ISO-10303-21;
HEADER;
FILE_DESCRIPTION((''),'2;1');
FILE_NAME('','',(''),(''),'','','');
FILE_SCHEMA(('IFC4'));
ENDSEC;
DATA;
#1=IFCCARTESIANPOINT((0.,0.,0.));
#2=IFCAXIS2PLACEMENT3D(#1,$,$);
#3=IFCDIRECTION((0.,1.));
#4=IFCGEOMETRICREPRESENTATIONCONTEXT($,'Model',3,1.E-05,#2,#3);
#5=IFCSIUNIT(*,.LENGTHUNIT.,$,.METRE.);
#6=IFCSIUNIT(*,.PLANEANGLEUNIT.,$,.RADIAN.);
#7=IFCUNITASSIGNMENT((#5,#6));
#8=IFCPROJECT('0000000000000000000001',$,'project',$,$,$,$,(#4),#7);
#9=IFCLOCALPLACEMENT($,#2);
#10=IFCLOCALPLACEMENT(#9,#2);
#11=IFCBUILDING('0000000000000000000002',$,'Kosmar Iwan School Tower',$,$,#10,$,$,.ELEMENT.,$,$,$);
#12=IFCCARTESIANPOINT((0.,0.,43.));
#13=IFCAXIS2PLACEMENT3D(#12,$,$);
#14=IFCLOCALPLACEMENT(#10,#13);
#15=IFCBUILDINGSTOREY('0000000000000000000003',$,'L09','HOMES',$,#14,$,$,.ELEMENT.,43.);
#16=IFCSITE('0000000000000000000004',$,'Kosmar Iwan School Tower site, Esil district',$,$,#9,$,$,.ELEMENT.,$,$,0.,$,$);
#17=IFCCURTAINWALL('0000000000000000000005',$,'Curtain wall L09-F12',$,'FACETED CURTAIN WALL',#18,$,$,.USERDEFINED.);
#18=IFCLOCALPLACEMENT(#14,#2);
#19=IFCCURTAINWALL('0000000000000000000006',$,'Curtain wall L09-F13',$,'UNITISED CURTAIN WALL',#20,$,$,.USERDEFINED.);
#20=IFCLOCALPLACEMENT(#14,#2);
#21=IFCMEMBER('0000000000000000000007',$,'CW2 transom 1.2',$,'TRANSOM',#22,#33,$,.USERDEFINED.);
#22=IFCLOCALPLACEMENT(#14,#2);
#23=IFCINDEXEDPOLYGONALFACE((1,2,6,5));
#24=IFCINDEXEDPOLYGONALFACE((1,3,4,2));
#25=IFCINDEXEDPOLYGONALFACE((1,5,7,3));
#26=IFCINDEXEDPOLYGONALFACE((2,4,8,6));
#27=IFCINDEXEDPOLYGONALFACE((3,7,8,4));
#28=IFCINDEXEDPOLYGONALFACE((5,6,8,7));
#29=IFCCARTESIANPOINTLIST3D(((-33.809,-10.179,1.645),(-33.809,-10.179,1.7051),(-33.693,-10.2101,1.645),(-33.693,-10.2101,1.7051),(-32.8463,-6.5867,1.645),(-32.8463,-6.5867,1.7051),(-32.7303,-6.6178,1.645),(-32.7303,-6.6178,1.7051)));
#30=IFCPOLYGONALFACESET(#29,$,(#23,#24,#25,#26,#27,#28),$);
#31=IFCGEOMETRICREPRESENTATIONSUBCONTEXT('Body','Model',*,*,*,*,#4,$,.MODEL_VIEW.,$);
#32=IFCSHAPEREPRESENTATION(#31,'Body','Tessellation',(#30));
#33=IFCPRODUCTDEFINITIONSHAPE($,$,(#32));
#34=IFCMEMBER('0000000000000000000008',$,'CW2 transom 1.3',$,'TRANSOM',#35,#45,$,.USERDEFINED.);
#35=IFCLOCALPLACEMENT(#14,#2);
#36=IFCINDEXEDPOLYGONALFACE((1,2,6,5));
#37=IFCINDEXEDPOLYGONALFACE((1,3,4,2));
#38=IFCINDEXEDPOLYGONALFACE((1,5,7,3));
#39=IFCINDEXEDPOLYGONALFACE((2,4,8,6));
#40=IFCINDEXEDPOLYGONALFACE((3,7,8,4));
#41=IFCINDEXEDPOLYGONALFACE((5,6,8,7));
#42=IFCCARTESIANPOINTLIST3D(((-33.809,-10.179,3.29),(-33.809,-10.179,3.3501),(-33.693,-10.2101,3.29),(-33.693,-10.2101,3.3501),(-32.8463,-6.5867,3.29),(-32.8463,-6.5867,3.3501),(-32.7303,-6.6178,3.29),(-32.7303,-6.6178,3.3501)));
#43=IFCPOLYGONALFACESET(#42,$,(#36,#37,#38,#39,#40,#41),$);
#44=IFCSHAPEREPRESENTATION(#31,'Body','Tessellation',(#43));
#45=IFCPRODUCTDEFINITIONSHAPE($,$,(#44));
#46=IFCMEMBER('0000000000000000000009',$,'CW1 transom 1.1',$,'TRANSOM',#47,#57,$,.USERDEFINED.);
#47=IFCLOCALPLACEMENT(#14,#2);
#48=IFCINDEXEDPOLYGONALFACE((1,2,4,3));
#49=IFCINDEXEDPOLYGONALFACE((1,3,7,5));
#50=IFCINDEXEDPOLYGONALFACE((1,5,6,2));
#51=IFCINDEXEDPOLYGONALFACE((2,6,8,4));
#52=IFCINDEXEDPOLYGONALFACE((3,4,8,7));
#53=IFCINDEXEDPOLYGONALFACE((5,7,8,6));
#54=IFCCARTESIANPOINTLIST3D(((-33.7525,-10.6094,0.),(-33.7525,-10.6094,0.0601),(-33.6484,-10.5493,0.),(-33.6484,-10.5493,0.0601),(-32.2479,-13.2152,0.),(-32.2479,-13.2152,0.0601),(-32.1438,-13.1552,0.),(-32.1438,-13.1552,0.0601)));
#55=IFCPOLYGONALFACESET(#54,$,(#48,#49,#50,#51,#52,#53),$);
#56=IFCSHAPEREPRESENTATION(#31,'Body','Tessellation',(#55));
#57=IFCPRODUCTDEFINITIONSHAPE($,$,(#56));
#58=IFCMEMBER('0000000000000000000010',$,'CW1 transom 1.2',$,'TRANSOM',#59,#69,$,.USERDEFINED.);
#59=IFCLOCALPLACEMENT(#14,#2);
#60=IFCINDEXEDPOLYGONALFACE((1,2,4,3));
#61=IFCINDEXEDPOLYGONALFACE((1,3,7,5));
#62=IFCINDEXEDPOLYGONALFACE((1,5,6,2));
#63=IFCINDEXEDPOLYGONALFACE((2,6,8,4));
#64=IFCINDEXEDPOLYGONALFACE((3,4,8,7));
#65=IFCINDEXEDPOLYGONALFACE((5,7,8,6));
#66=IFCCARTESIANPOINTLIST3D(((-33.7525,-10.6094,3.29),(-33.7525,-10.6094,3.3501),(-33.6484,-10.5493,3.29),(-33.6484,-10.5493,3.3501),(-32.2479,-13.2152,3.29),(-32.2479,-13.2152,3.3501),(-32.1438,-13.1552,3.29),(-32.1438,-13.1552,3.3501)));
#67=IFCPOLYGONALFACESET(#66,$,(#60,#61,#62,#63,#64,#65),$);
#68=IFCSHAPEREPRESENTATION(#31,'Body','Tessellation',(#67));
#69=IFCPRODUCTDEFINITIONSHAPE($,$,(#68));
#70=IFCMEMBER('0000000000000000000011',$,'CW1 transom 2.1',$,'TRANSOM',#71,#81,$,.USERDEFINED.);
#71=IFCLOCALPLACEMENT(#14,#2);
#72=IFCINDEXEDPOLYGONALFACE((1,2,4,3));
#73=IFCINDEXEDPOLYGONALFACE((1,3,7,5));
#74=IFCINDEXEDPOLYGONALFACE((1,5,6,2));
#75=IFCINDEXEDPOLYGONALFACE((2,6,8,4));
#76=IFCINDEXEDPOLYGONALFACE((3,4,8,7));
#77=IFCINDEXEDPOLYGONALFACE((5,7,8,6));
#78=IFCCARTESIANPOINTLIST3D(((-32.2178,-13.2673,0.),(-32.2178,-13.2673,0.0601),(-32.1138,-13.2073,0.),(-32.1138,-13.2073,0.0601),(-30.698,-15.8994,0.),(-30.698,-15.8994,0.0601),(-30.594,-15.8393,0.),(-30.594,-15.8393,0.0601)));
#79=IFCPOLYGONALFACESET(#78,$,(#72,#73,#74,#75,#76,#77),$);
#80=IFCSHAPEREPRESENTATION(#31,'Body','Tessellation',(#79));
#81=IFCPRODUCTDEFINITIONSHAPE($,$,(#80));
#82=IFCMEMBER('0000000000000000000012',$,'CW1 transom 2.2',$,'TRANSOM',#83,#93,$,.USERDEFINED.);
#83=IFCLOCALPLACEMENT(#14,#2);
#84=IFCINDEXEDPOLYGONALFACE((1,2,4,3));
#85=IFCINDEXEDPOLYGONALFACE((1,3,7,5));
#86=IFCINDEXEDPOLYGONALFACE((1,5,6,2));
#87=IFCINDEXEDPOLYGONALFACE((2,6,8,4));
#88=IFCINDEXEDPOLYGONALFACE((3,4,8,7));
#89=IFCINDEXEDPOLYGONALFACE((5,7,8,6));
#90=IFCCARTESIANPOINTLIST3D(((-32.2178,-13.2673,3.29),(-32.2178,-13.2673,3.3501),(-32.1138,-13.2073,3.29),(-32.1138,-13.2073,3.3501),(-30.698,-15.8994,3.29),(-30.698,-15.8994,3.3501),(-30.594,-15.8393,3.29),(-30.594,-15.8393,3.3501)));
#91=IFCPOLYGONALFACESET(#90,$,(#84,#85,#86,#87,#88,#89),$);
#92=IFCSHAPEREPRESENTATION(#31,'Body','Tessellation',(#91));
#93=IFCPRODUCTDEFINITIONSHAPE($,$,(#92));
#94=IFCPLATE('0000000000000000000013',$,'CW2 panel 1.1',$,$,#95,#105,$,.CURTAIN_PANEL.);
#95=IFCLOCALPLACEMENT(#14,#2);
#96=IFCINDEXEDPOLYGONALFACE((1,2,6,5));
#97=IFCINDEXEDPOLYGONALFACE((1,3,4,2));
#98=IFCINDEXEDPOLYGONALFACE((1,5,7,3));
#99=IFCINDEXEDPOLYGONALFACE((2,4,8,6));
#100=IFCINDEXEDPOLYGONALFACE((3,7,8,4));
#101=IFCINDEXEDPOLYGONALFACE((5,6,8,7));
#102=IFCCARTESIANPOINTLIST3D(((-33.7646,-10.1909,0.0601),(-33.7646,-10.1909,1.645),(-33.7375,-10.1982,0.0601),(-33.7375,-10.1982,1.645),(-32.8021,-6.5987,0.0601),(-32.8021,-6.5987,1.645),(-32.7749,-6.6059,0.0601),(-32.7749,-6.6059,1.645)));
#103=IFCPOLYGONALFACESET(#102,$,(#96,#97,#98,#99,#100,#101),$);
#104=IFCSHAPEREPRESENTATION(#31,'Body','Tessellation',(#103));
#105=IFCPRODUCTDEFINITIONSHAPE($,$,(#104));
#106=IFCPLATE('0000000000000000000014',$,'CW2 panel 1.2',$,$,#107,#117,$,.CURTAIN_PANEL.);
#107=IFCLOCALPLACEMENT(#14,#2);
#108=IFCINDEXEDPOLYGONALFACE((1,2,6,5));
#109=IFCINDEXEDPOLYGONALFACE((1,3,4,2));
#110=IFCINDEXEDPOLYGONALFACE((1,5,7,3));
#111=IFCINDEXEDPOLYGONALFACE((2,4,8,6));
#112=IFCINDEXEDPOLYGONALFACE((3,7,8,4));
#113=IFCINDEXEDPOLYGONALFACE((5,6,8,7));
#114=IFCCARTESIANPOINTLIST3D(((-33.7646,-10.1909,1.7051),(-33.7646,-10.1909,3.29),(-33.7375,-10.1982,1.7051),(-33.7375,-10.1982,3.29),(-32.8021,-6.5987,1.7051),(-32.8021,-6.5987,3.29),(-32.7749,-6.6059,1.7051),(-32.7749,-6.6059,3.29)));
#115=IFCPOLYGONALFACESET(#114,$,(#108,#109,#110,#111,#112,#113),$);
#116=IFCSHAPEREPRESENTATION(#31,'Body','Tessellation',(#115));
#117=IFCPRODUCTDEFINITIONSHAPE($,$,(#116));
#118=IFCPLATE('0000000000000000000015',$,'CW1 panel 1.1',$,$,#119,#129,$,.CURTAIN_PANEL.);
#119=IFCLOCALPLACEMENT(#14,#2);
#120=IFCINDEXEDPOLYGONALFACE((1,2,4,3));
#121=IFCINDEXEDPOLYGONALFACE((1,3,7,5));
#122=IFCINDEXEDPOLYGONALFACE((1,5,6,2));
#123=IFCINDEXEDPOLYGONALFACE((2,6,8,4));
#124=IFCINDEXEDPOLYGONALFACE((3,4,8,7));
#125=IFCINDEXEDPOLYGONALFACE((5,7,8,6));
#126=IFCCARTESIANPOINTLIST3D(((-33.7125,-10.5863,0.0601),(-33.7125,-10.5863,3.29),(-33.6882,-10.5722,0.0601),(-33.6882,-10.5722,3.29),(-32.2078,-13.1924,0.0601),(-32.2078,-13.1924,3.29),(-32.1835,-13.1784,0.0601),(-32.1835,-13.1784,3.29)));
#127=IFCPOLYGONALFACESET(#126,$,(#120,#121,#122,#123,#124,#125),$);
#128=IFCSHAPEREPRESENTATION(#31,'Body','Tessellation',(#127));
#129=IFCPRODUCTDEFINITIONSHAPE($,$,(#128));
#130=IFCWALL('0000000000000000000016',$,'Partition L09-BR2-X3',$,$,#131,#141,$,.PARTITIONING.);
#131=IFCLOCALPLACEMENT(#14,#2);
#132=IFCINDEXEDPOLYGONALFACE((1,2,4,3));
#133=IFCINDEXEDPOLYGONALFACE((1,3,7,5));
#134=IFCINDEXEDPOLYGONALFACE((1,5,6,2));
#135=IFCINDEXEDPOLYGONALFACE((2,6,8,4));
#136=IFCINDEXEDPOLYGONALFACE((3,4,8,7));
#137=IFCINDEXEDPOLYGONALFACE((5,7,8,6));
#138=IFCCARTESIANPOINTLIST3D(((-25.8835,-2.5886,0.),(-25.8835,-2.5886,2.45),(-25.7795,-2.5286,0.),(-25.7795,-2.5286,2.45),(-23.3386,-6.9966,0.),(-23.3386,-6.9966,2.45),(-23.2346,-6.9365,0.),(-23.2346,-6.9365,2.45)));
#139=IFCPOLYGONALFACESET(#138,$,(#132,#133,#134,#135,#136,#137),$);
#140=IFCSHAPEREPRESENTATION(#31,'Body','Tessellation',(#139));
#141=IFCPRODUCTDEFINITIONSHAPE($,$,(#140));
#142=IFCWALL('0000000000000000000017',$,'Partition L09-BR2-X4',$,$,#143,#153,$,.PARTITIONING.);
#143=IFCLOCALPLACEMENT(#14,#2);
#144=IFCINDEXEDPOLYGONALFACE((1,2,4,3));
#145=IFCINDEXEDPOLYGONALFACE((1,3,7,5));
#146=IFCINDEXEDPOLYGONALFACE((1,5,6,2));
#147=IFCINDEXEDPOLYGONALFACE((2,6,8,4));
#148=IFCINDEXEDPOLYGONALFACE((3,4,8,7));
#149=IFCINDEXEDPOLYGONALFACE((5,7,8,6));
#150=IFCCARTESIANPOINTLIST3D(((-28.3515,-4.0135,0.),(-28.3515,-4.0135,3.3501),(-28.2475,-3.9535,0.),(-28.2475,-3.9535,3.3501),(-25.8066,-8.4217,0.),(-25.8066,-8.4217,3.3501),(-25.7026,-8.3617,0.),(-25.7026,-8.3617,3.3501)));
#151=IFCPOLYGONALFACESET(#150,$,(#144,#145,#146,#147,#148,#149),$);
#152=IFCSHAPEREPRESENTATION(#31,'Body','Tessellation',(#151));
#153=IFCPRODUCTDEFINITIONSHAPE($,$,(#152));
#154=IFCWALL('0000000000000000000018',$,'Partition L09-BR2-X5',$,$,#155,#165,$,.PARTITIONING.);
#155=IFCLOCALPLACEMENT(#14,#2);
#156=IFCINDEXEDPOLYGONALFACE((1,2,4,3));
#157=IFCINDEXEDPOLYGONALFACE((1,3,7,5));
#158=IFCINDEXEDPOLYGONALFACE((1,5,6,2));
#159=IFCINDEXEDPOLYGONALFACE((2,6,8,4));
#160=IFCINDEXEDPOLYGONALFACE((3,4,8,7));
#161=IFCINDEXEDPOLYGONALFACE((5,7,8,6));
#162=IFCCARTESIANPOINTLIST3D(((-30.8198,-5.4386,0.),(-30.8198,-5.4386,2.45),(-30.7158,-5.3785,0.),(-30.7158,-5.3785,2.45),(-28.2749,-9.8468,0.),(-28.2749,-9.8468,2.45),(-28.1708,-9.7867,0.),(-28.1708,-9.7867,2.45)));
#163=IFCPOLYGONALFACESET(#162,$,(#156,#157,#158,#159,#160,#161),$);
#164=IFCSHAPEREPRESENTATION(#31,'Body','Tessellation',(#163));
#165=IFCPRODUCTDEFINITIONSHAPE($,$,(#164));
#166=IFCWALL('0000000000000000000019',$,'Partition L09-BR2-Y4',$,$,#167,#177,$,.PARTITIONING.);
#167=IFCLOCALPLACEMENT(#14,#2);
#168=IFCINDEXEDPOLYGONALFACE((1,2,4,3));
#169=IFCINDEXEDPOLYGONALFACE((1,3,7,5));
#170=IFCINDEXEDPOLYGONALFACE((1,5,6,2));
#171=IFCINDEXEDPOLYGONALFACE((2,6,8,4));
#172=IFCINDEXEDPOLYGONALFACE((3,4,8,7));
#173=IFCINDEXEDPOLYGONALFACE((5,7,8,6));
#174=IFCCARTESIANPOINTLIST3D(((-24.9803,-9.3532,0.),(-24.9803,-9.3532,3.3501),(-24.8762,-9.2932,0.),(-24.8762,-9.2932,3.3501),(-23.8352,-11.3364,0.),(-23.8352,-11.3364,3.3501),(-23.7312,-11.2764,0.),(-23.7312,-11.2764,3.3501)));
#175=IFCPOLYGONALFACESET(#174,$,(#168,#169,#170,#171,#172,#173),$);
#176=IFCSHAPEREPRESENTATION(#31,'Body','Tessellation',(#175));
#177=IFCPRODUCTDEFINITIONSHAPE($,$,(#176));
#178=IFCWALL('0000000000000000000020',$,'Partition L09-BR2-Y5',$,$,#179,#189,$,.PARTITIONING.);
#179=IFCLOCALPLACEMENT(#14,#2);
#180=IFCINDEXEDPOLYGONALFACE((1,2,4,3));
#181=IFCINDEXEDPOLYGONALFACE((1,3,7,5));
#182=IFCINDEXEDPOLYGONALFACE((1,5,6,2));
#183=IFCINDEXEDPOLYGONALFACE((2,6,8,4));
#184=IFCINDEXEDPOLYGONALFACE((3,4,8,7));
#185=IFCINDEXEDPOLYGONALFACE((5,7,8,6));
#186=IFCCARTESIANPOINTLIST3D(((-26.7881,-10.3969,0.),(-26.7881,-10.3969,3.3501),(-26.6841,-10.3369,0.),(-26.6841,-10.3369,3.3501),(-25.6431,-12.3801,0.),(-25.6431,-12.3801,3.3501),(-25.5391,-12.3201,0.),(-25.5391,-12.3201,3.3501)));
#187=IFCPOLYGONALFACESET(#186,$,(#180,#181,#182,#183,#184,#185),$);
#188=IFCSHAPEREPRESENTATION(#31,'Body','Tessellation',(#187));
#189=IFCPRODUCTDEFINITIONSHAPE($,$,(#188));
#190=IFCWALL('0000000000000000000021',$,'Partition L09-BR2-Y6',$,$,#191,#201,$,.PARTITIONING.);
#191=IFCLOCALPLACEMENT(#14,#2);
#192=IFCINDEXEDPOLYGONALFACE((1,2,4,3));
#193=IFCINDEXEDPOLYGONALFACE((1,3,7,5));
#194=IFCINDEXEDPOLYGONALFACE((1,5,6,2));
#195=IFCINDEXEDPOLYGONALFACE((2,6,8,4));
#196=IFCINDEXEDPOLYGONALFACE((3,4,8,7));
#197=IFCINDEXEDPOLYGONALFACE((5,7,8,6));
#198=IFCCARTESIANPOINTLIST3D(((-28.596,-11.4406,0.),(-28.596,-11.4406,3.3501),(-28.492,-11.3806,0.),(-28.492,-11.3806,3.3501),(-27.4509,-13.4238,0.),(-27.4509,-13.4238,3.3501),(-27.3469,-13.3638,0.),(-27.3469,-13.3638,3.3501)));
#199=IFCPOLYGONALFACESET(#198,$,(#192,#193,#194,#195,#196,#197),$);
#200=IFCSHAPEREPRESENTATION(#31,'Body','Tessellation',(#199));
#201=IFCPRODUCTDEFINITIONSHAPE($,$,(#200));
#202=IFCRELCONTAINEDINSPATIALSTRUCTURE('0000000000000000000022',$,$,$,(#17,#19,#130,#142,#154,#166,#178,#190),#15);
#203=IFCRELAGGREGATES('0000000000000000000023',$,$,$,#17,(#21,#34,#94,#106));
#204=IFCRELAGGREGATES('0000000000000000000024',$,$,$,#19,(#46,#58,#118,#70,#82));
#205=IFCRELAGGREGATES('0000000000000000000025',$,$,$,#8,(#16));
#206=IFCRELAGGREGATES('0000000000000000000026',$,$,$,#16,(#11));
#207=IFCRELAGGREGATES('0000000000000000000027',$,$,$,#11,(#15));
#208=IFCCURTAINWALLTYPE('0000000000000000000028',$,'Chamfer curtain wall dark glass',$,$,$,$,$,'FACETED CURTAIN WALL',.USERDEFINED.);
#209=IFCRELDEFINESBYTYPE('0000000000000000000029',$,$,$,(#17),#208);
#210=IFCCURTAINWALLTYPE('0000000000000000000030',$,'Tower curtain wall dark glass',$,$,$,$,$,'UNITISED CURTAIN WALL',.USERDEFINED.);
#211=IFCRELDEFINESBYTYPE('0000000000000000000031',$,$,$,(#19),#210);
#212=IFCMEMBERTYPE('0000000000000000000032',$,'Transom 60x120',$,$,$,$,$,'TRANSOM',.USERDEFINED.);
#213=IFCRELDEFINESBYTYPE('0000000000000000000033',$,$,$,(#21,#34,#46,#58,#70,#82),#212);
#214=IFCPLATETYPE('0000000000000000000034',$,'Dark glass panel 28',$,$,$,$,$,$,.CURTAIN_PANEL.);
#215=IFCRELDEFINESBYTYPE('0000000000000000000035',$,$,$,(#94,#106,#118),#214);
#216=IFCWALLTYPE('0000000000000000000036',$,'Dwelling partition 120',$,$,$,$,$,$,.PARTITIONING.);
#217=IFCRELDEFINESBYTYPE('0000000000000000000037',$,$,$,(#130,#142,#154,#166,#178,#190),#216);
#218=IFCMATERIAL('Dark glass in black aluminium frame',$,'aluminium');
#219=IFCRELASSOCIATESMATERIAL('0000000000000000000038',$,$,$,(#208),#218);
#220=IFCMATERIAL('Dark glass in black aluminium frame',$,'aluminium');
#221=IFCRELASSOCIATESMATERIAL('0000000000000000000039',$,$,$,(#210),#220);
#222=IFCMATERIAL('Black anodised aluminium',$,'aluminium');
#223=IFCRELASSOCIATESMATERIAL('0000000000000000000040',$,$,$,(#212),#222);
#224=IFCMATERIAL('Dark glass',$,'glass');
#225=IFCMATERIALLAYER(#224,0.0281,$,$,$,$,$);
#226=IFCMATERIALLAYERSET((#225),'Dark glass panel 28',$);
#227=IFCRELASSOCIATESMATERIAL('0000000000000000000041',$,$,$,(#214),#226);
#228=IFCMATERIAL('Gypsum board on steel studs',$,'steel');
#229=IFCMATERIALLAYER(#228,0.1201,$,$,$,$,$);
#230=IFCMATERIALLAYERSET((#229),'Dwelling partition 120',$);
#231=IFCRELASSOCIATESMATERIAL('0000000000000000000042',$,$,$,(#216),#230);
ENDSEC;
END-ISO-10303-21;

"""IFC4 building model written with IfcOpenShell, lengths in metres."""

from ifc_helpers import new_model, si_unit, direction, frame, frame_2d, origin, origin_2d, place, context, subcontext, project, spatial, rectangle, extrude, material, layer, layer_set, material_profile, profile_set, type_object, element, aggregate, save


model = new_model("IFC4")

# Units and contexts
model_context = context("Model", 3, precision=1e-05, world=origin(), true_north=direction((0.0, 1.0)))
body_context = subcontext(model_context, "Body", "Model", "MODEL_VIEW")
ifc_project = project(units=[si_unit("LENGTHUNIT", "METRE"), si_unit("PLANEANGLEUNIT", "RADIAN")], contexts=[model_context])

# Site, building, storey
site_placement = place(None, origin())
site = spatial("IfcSite", under=ifc_project, at=site_placement, Name="Kosmar Iwan School Tower site, Esil district", CompositionType="ELEMENT", RefElevation=0.0)
building_placement = place(site_placement, origin())
building = spatial("IfcBuilding", under=site, at=building_placement, Name="Kosmar Iwan School Tower", CompositionType="ELEMENT")
storey_placement = place(building_placement, frame((0.0, 0.0, 43.0)))
storey = spatial("IfcBuildingStorey", under=building, at=storey_placement, Name="L09", Description="HOMES", CompositionType="ELEMENT", Elevation=43.0)

# Curtain walls
ifc_material_1 = material(Name="Dark glass in black aluminium frame", Category="aluminium")
curtain_wall_type_1 = type_object("IfcCurtainWallType", Name="Chamfer curtain wall dark glass", ElementType="FACETED CURTAIN WALL", PredefinedType="USERDEFINED", material=ifc_material_1)
curtain_wall_1_placement = place(storey_placement, origin())
curtain_wall_1 = element("IfcCurtainWall", 1, at=curtain_wall_1_placement, inside=storey, type_object=curtain_wall_type_1, Name="Curtain wall L09-F12", ObjectType="FACETED CURTAIN WALL", PredefinedType="USERDEFINED")
ifc_material_2 = material(Name="Dark glass in black aluminium frame", Category="aluminium")
curtain_wall_type_2 = type_object("IfcCurtainWallType", Name="Tower curtain wall dark glass", ElementType="UNITISED CURTAIN WALL", PredefinedType="USERDEFINED", material=ifc_material_2)
curtain_wall_2_placement = place(storey_placement, origin())
curtain_wall_2 = element("IfcCurtainWall", 2, at=curtain_wall_2_placement, inside=storey, type_object=curtain_wall_type_2, Name="Curtain wall L09-F13", ObjectType="UNITISED CURTAIN WALL", PredefinedType="USERDEFINED")

# Members
ifc_material_3 = material(Name="Black anodised aluminium", Category="aluminium")
ifc_material_profile_1 = material_profile(ifc_material_3, rectangle(XDim=0.1201, YDim=0.0601, at=origin_2d()), Name="TRANSOM 60x120")
ifc_profile_set_1 = profile_set([ifc_material_profile_1], Name="Black anodised aluminium")
member_type_1 = type_object("IfcMemberType", Name="Transom 60x120", ElementType="TRANSOM", PredefinedType="USERDEFINED", material=ifc_profile_set_1)
member_1_placement = place(storey_placement, frame((-32.7883, -6.6023, 1.675), z_axis=(-0.258843, -0.965919, 0.0), x_axis=(0.965919, -0.258843, 0.0)))
member_1 = element("IfcMember", 3, at=member_1_placement, type_object=member_type_1, Name="CW2 transom 1.2", ObjectType="TRANSOM", PredefinedType="USERDEFINED", context=body_context, shape_type="SweptSolid", body=[
    extrude(rectangle(XDim=0.1201, YDim=0.0601, at=origin_2d()), origin(), (0.0, 0.0, 1.0), 3.719),
])
member_2_placement = place(storey_placement, frame((-32.7883, -6.6023, 3.3201), z_axis=(-0.258843, -0.965919, 0.0), x_axis=(0.965919, -0.258843, 0.0)))
member_2 = element("IfcMember", 4, at=member_2_placement, type_object=member_type_1, Name="CW2 transom 1.3", ObjectType="TRANSOM", PredefinedType="USERDEFINED", context=body_context, shape_type="SweptSolid", body=[
    extrude(rectangle(XDim=0.1201, YDim=0.0601, at=origin_2d()), origin(), (0.0, 0.0, 1.0), 3.719),
])
member_3_placement = place(storey_placement, frame((-33.7004, -10.5793, 0.03), z_axis=(0.500022, -0.866013, 0.0), x_axis=(0.866013, 0.500022, 0.0)))
member_3 = element("IfcMember", 5, at=member_3_placement, type_object=member_type_1, Name="CW1 transom 1.1", ObjectType="TRANSOM", PredefinedType="USERDEFINED", context=body_context, shape_type="SweptSolid", body=[
    extrude(rectangle(XDim=0.1201, YDim=0.0601, at=origin_2d()), origin(), (0.0, 0.0, 1.0), 3.009),
])
member_4_placement = place(storey_placement, frame((-33.7004, -10.5793, 3.3201), z_axis=(0.500022, -0.866013, 0.0), x_axis=(0.866013, 0.500022, 0.0)))
member_4 = element("IfcMember", 6, at=member_4_placement, type_object=member_type_1, Name="CW1 transom 1.2", ObjectType="TRANSOM", PredefinedType="USERDEFINED", context=body_context, shape_type="SweptSolid", body=[
    extrude(rectangle(XDim=0.1201, YDim=0.0601, at=origin_2d()), origin(), (0.0, 0.0, 1.0), 3.009),
])
member_5_placement = place(storey_placement, frame((-32.1658, -13.2373, 0.03), z_axis=(0.500035, -0.866005, 0.0), x_axis=(0.866005, 0.500035, 0.0)))
member_5 = element("IfcMember", 7, at=member_5_placement, type_object=member_type_1, Name="CW1 transom 2.1", ObjectType="TRANSOM", PredefinedType="USERDEFINED", context=body_context, shape_type="SweptSolid", body=[
    extrude(rectangle(XDim=0.1201, YDim=0.0601, at=origin_2d()), origin(), (0.0, 0.0, 1.0), 3.0393),
])
member_6_placement = place(storey_placement, frame((-32.1658, -13.2373, 3.3201), z_axis=(0.500035, -0.866005, 0.0), x_axis=(0.866005, 0.500035, 0.0)))
member_6 = element("IfcMember", 8, at=member_6_placement, type_object=member_type_1, Name="CW1 transom 2.2", ObjectType="TRANSOM", PredefinedType="USERDEFINED", context=body_context, shape_type="SweptSolid", body=[
    extrude(rectangle(XDim=0.1201, YDim=0.0601, at=origin_2d()), origin(), (0.0, 0.0, 1.0), 3.0393),
])

# Plates
ifc_material_4 = material(Name="Dark glass", Category="glass")
ifc_layer_1 = layer(ifc_material_4, 0.0281)
ifc_layer_set_1 = layer_set([ifc_layer_1], Name="Dark glass panel 28")
plate_type = type_object("IfcPlateType", Name="Dark glass panel 28", PredefinedType="CURTAIN_PANEL", material=ifc_layer_set_1)
plate_1_placement = place(storey_placement, frame((-33.2698, -8.3984, 0.0601), z_axis=(0.0, 0.0, 1.0), x_axis=(-0.258819, -0.965926, 0.0)))
plate_1 = element("IfcPlate", 9, at=plate_1_placement, type_object=plate_type, Name="CW2 panel 1.1", PredefinedType="CURTAIN_PANEL", context=body_context, shape_type="SweptSolid", body=[
    extrude(rectangle(XDim=3.719, YDim=0.0281, at=origin_2d()), origin(), (0.0, 0.0, 1.0), 1.585),
])
plate_2_placement = place(storey_placement, frame((-33.2698, -8.3984, 1.7051), z_axis=(0.0, 0.0, 1.0), x_axis=(-0.258819, -0.965926, 0.0)))
plate_2 = element("IfcPlate", 10, at=plate_2_placement, type_object=plate_type, Name="CW2 panel 1.2", PredefinedType="CURTAIN_PANEL", context=body_context, shape_type="SweptSolid", body=[
    extrude(rectangle(XDim=3.719, YDim=0.0281, at=origin_2d()), origin(), (0.0, 0.0, 1.0), 1.585),
])
aggregate(curtain_wall_1, [member_1, member_2, plate_1, plate_2])
plate_3_placement = place(storey_placement, frame((-32.948, -11.8823, 0.0601), z_axis=(0.0, 0.0, 1.0), x_axis=(0.5, -0.866025, 0.0)))
plate_3 = element("IfcPlate", 11, at=plate_3_placement, type_object=plate_type, Name="CW1 panel 1.1", PredefinedType="CURTAIN_PANEL", context=body_context, shape_type="SweptSolid", body=[
    extrude(rectangle(XDim=3.0093, YDim=0.0281, at=origin_2d()), origin(), (0.0, 0.0, 1.0), 3.23),
])
aggregate(curtain_wall_2, [member_3, member_4, plate_3, member_5, member_6])

# Walls
ifc_material_5 = material(Name="Gypsum board on steel studs", Category="steel")
ifc_layer_2 = layer(ifc_material_5, 0.1201)
ifc_layer_set_2 = layer_set([ifc_layer_2], Name="Dwelling partition 120")
wall_type = type_object("IfcWallType", Name="Dwelling partition 120", PredefinedType="PARTITIONING", material=ifc_layer_set_2)
wall_1_placement = place(storey_placement, frame((-23.2866, -6.9666, 0.0), z_axis=(0.0, 0.0, 1.0), x_axis=(-0.499998, 0.866027, 0.0)))
element("IfcWall", 12, at=wall_1_placement, inside=storey, type_object=wall_type, Name="Partition L09-BR2-X3", PredefinedType="PARTITIONING", context=body_context, shape_type="SweptSolid", body=[
    extrude(rectangle(XDim=5.0898, YDim=0.1201, at=frame_2d((2.5449, 0.0))), origin(), (0.0, 0.0, 1.0), 2.45),
])
wall_2_placement = place(storey_placement, frame((-25.7546, -8.3916, 0.0), z_axis=(0.0, 0.0, 1.0), x_axis=(-0.499977, 0.866039, 0.0)))
element("IfcWall", 13, at=wall_2_placement, inside=storey, type_object=wall_type, Name="Partition L09-BR2-X4", PredefinedType="PARTITIONING", context=body_context, shape_type="SweptSolid", body=[
    extrude(rectangle(XDim=5.0901, YDim=0.1201, at=frame_2d((2.5449, 0.0))), origin(), (0.0, 0.0, 1.0), 3.3501),
])
wall_3_placement = place(storey_placement, frame((-28.2229, -9.8167, 0.0), z_axis=(0.0, 0.0, 1.0), x_axis=(-0.499977, 0.866039, 0.0)))
element("IfcWall", 14, at=wall_3_placement, inside=storey, type_object=wall_type, Name="Partition L09-BR2-X5", PredefinedType="PARTITIONING", context=body_context, shape_type="SweptSolid", body=[
    extrude(rectangle(XDim=5.0901, YDim=0.1201, at=frame_2d((2.5449, 0.0))), origin(), (0.0, 0.0, 1.0), 2.45),
])
for number, where, z_axis, x_axis, name in (
    (15, (-23.7832, -11.3064, 0.0), (0.0, 0.0, 1.0), (-0.500015, 0.866017, 0.0), "Partition L09-BR2-Y4"),
    (16, (-25.5911, -12.3501, 0.0), (0.0, 0.0, 1.0), (-0.500015, 0.866017, 0.0), "Partition L09-BR2-Y5"),
    (17, (-27.3989, -13.3938, 0.0), (0.0, 0.0, 1.0), (-0.500015, 0.866017, 0.0), "Partition L09-BR2-Y6"),
):
    element("IfcWall", number, at=place(storey_placement, frame(where, z_axis=z_axis, x_axis=x_axis)), inside=storey, type_object=wall_type, Name=name, PredefinedType="PARTITIONING", context=body_context, shape_type="SweptSolid", body=[
        extrude(rectangle(XDim=2.29, YDim=0.1201, at=frame_2d((1.145, 0.0))), origin(), (0.0, 0.0, 1.0), 3.3501),
    ])

save(model, "model.ifc")
